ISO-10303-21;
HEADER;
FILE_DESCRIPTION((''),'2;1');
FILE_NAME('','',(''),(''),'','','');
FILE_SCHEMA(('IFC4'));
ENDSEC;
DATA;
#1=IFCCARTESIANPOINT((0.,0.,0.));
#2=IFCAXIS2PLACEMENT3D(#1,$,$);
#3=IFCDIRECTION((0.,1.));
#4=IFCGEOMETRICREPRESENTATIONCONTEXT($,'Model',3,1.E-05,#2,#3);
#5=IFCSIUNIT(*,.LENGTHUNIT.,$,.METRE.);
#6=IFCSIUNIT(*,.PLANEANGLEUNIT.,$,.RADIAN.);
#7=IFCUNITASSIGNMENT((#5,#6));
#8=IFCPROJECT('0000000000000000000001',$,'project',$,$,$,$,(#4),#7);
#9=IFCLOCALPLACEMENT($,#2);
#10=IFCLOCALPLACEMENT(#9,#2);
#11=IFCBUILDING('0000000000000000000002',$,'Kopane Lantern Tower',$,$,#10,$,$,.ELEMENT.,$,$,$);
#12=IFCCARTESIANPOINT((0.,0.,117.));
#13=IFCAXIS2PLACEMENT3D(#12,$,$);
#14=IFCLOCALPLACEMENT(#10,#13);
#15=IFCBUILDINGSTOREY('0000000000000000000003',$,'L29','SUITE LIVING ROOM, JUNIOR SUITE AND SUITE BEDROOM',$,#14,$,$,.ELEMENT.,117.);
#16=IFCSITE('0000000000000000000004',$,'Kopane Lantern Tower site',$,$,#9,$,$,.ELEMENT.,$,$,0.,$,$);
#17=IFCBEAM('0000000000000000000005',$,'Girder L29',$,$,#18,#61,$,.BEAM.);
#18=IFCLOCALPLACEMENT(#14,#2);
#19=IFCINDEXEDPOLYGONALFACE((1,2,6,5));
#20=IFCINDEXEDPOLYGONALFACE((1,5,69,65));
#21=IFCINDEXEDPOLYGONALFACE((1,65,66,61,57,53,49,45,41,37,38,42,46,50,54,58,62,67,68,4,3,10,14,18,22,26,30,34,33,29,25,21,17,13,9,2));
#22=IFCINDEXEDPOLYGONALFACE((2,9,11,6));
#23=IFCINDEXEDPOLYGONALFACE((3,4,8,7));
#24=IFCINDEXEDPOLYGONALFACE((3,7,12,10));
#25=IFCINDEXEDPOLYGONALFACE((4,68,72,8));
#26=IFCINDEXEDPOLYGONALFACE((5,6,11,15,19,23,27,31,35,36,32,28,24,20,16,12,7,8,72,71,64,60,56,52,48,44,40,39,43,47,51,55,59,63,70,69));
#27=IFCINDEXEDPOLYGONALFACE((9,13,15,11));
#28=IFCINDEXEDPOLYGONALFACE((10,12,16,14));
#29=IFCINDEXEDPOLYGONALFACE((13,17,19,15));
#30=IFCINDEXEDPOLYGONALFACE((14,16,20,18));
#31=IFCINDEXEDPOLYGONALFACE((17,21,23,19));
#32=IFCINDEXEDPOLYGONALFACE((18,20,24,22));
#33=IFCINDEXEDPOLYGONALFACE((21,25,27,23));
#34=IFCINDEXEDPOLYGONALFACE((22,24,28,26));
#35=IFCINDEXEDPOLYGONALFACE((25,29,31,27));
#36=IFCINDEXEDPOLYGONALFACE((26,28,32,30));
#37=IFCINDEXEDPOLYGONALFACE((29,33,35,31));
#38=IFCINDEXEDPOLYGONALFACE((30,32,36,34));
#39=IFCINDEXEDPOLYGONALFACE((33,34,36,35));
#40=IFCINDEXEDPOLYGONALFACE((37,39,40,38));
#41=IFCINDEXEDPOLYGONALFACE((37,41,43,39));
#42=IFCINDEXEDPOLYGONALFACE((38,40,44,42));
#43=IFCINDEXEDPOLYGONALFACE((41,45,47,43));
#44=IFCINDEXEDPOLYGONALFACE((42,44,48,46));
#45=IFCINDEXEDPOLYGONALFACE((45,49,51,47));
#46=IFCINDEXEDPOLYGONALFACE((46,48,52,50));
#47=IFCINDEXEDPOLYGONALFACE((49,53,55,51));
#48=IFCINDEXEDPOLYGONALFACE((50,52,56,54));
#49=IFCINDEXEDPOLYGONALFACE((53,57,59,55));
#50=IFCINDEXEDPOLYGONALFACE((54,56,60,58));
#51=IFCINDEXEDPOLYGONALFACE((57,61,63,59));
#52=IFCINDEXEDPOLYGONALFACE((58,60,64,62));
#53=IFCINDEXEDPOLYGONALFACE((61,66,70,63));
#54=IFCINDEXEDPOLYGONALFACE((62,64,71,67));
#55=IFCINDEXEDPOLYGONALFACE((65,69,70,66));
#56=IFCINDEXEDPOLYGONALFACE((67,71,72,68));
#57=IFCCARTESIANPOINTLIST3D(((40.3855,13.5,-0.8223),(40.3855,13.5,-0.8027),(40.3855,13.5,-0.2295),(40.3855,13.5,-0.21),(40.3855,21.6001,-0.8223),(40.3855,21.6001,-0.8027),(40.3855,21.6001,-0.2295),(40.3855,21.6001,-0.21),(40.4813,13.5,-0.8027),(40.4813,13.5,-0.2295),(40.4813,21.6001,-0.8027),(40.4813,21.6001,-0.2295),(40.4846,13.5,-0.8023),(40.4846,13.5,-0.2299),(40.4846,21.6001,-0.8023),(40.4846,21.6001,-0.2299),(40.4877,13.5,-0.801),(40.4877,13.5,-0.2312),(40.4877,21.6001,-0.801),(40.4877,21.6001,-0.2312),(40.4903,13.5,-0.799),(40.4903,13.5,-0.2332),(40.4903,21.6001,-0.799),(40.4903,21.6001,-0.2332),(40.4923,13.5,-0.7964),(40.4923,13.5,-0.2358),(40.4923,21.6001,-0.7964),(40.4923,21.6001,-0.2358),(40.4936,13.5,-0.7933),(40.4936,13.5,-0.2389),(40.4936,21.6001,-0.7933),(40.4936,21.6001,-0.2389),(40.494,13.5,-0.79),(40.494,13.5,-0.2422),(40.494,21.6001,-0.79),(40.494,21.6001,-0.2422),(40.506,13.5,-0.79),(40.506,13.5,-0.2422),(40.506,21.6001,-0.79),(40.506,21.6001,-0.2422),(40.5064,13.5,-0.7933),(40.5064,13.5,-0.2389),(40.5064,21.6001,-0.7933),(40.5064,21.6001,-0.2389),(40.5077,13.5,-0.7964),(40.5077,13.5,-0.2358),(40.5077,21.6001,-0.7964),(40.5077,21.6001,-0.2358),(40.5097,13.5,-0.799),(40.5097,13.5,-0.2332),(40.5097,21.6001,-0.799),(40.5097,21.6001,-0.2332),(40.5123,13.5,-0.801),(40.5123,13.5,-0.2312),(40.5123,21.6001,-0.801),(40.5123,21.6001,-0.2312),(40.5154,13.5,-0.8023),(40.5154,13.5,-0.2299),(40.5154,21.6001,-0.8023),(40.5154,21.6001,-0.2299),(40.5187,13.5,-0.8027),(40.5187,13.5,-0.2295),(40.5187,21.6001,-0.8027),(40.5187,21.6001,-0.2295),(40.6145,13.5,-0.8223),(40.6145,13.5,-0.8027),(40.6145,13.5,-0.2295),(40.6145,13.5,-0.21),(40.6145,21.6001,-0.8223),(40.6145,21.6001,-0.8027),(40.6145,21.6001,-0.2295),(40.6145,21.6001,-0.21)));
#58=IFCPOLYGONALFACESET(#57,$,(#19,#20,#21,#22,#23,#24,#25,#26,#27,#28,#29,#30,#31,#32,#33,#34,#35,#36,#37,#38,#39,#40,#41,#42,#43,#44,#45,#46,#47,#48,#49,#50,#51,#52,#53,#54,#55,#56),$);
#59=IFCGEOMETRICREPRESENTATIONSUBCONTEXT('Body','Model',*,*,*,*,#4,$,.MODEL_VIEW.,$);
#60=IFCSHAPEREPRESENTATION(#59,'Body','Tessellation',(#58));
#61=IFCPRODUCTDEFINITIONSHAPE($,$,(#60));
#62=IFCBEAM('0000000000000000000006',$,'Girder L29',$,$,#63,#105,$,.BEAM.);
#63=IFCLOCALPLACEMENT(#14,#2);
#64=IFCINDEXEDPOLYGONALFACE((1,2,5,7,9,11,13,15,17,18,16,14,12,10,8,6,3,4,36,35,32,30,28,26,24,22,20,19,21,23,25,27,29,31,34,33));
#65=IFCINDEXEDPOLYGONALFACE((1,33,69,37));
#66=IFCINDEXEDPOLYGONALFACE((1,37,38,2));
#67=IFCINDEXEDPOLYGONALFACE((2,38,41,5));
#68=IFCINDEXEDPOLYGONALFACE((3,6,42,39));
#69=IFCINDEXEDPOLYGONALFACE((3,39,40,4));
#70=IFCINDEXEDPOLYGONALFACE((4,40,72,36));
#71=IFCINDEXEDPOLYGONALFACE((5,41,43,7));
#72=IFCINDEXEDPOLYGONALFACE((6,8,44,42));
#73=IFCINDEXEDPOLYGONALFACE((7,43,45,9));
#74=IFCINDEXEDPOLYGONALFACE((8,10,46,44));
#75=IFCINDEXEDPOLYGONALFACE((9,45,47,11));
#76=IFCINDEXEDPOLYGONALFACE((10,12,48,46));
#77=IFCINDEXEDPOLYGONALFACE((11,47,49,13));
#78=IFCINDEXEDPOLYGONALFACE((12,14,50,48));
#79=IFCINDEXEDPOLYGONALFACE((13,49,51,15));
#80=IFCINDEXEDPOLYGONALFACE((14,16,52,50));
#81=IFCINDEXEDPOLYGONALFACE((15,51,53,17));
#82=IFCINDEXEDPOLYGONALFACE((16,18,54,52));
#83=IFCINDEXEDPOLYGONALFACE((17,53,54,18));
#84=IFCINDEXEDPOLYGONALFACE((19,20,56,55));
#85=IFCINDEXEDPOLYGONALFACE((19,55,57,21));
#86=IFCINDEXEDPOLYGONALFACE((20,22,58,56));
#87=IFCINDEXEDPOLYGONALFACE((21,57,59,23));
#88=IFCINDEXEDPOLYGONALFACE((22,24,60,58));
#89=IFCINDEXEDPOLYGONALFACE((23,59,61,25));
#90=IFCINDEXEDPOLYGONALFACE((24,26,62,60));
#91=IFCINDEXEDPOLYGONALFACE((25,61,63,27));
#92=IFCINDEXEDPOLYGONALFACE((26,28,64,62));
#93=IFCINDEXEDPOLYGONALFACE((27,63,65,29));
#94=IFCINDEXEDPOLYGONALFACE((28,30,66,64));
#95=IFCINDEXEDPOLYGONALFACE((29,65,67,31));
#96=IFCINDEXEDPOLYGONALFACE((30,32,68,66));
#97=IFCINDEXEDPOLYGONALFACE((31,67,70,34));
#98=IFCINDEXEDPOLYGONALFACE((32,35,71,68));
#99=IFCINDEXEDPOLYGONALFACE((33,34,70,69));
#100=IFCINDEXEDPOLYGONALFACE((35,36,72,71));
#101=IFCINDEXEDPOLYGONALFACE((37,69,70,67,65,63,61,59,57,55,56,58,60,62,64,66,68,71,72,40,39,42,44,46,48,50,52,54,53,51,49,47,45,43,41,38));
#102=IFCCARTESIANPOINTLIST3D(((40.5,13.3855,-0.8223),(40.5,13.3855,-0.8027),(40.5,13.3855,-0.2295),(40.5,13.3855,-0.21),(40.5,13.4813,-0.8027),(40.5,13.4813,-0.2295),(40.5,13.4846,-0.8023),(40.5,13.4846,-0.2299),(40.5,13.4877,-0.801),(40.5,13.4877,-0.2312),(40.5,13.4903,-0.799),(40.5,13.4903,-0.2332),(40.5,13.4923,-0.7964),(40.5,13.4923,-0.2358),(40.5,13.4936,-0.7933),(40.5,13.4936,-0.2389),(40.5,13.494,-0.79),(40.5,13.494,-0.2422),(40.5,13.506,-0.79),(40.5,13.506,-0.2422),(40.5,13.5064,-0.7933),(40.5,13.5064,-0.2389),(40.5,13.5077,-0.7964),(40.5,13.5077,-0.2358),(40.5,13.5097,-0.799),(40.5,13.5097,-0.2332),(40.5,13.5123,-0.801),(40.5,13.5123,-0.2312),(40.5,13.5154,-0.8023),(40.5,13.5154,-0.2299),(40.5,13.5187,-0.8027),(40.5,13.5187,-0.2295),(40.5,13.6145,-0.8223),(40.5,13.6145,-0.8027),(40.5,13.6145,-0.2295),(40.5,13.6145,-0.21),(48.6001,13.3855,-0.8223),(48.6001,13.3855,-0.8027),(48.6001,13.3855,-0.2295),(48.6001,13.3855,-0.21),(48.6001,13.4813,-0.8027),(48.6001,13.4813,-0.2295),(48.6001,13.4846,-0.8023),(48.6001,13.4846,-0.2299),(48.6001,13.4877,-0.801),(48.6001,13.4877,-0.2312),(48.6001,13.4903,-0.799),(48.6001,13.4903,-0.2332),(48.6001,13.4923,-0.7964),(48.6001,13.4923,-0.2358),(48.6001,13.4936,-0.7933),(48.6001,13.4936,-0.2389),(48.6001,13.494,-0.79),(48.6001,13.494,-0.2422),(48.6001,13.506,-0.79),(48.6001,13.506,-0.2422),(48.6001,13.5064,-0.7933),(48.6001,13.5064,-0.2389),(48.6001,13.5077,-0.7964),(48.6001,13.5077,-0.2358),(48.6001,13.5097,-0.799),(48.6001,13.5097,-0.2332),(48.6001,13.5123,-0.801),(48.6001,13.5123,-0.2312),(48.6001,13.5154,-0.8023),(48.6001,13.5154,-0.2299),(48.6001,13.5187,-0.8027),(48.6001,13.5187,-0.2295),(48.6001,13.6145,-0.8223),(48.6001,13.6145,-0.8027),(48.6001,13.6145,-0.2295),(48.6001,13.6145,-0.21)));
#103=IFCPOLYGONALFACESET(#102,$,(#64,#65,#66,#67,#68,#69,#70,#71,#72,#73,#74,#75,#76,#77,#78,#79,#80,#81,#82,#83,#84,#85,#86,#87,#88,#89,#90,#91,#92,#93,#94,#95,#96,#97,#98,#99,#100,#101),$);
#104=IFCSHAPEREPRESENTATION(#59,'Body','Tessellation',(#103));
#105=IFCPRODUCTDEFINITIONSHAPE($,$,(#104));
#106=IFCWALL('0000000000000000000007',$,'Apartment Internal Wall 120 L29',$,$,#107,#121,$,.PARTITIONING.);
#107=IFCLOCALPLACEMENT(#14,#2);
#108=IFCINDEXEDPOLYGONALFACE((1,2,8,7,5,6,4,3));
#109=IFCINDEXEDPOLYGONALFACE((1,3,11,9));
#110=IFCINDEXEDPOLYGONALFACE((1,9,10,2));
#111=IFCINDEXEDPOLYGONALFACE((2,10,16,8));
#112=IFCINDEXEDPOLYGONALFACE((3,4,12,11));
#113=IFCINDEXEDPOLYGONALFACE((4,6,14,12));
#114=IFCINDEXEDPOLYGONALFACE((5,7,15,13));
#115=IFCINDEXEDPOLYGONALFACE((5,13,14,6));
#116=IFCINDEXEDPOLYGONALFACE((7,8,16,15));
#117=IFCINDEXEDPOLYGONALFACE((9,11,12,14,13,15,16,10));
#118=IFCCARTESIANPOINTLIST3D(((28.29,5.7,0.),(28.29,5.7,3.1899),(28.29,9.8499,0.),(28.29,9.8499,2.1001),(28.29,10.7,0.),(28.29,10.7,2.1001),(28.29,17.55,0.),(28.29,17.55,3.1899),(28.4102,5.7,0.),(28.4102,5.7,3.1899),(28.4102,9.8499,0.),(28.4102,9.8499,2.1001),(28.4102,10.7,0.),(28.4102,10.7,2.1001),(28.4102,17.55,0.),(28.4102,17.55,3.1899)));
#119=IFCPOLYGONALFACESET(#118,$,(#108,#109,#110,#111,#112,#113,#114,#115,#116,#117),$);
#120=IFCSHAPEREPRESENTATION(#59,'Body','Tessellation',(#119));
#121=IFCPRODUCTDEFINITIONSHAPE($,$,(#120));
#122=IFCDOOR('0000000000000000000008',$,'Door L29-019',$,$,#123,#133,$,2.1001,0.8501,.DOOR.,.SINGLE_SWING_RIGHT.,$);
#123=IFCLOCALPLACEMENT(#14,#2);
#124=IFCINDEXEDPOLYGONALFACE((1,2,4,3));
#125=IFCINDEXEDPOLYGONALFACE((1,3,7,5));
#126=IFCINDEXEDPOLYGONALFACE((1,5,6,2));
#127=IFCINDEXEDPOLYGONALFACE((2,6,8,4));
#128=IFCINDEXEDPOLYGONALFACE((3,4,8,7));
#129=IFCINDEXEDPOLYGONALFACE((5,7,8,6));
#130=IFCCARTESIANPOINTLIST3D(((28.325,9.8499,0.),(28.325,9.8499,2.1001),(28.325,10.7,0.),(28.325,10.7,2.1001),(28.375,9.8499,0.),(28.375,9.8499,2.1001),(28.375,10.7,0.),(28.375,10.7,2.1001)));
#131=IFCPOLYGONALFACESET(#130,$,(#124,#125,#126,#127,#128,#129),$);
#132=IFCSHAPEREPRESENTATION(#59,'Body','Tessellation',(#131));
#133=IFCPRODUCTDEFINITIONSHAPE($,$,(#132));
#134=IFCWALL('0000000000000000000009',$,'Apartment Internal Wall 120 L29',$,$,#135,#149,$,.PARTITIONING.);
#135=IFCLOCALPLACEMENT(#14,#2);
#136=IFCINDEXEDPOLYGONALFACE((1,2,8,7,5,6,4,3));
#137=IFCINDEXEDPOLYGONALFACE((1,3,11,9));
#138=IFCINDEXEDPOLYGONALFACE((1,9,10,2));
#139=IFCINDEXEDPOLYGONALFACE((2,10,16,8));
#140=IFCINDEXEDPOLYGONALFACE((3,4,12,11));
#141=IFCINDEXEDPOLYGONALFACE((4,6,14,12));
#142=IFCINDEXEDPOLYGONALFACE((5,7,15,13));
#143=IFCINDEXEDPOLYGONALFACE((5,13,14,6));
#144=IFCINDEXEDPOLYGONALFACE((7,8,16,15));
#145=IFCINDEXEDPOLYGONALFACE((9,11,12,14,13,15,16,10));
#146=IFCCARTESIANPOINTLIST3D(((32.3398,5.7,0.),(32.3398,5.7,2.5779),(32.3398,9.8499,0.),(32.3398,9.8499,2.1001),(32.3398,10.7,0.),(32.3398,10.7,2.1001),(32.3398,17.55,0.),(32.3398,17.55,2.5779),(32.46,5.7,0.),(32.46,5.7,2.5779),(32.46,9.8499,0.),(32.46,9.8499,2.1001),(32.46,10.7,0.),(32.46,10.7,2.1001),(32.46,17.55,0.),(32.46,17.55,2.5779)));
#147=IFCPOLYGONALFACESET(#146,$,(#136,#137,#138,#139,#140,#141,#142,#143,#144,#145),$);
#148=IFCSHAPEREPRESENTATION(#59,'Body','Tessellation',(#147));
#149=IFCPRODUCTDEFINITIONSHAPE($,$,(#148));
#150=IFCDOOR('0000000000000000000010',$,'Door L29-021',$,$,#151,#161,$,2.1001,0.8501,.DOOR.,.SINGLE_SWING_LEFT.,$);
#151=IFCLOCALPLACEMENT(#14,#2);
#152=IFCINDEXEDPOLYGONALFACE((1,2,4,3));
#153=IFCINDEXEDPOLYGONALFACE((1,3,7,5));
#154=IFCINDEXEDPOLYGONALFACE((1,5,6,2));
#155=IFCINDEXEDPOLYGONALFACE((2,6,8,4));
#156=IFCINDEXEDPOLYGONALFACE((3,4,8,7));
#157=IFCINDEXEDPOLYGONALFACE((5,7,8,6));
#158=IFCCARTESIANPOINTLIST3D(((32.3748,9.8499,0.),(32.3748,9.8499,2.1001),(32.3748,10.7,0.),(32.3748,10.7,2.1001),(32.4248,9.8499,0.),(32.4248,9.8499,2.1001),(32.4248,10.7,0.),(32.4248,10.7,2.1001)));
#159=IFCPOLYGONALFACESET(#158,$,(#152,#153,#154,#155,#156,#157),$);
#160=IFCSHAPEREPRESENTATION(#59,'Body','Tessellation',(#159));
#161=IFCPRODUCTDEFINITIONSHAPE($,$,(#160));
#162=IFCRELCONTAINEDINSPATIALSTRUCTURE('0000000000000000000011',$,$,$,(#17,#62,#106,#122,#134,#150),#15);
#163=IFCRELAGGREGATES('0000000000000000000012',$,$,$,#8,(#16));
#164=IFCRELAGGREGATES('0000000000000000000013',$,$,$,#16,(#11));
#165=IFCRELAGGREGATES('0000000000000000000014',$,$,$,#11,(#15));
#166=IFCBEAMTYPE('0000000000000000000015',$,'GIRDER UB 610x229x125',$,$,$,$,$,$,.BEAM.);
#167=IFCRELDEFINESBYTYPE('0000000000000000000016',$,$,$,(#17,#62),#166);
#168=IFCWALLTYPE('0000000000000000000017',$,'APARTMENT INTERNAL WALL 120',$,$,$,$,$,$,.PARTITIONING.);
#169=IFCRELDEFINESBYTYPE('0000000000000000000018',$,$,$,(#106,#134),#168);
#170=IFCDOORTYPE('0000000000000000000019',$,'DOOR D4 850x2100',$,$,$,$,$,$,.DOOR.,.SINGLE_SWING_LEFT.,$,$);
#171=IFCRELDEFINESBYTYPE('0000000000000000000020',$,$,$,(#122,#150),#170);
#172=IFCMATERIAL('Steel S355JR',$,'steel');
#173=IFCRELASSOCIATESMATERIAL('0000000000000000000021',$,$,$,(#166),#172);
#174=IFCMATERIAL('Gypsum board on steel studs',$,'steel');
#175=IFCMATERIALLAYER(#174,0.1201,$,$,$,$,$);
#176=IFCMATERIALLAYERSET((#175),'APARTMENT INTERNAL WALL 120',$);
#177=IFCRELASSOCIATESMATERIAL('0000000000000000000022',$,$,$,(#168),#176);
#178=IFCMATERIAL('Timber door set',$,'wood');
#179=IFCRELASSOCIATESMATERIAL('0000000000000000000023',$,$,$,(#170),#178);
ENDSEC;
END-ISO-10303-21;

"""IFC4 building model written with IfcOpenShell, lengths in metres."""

from ifc_helpers import new_model, si_unit, direction, frame, frame_2d, origin, origin_2d, place, context, subcontext, project, spatial, rectangle, i_section, extrude, material, layer, layer_set, material_profile, profile_set, type_object, element, fill, save


model = new_model("IFC4")

# Units and contexts
model_context = context("Model", 3, precision=1e-05, world=origin(), true_north=direction((0.0, 1.0)))
body_context = subcontext(model_context, "Body", "Model", "MODEL_VIEW")
ifc_project = project(units=[si_unit("LENGTHUNIT", "METRE"), si_unit("PLANEANGLEUNIT", "RADIAN")], contexts=[model_context])

# Site, building, storey
site_placement = place(None, origin())
site = spatial("IfcSite", under=ifc_project, at=site_placement, Name="Kopane Lantern Tower site", CompositionType="ELEMENT", RefElevation=0.0)
building_placement = place(site_placement, origin())
building = spatial("IfcBuilding", under=site, at=building_placement, Name="Kopane Lantern Tower", CompositionType="ELEMENT")
storey_placement = place(building_placement, frame((0.0, 0.0, 117.0)))
storey = spatial("IfcBuildingStorey", under=building, at=storey_placement, Name="L29", Description="SUITE LIVING ROOM, JUNIOR SUITE AND SUITE BEDROOM", CompositionType="ELEMENT", Elevation=117.0)

# Beams
ifc_material_1 = material(Name="Steel S355JR", Category="steel")
ifc_material_profile_1 = material_profile(ifc_material_1, i_section(OverallWidth=0.229, OverallDepth=0.6123, WebThickness=0.012, FlangeThickness=0.0195, FilletRadius=0.0127, at=origin_2d()), Name="UB 610x229x125")
ifc_profile_set_1 = profile_set([ifc_material_profile_1], Name="Steel S355JR")
beam_type = type_object("IfcBeamType", Name="GIRDER UB 610x229x125", PredefinedType="BEAM", material=ifc_profile_set_1)
for number, where, z_axis, x_axis, name in (
    (1, (40.5, 13.5, -0.5161), (0.0, 1.0, 0.0), (-1.0, 0.0, 0.0), "Girder L29"),
    (2, (40.5, 13.5, -0.5161), (1.0, 0.0, 0.0), (0.0, 1.0, 0.0), "Girder L29"),
):
    element("IfcBeam", number, at=place(storey_placement, frame(where, z_axis=z_axis, x_axis=x_axis)), inside=storey, type_object=beam_type, Name=name, PredefinedType="BEAM", context=body_context, shape_type="SweptSolid", body=[
        extrude(i_section(OverallWidth=0.229, OverallDepth=0.6123, WebThickness=0.012, FlangeThickness=0.0195, FilletRadius=0.0127, at=origin_2d()), origin(), (0.0, 0.0, 1.0), 8.1001),
    ])

# Walls, openings, doors
ifc_material_2 = material(Name="Gypsum board on steel studs", Category="steel")
ifc_layer_1 = layer(ifc_material_2, 0.1201)
ifc_layer_set_1 = layer_set([ifc_layer_1], Name="APARTMENT INTERNAL WALL 120")
wall_type_1 = type_object("IfcWallType", Name="APARTMENT INTERNAL WALL 120", PredefinedType="PARTITIONING", material=ifc_layer_set_1)
wall_1_placement = place(storey_placement, frame((28.3501, 17.55, 0.0), z_axis=(0.0, 0.0, 1.0), x_axis=(0.0, -1.0, 0.0)))
wall_1 = element("IfcWall", 3, at=wall_1_placement, inside=storey, type_object=wall_type_1, Name="Apartment Internal Wall 120 L29", PredefinedType="PARTITIONING", context=body_context, shape_type="SweptSolid", body=[
    extrude(rectangle(XDim=11.8501, YDim=0.1201, at=frame_2d((5.925, 0.0))), origin(), (0.0, 0.0, 1.0), 3.1899),
])
opening_1_placement = place(wall_1_placement, frame((6.8501, 0.0, 0.0)))
opening_1 = element("IfcOpeningElement", 4, at=opening_1_placement, cuts=wall_1, PredefinedType="OPENING", context=body_context, shape_type="SweptSolid", body=[
    extrude(rectangle(XDim=0.8501, YDim=2.1001, at=frame_2d((0.425, 1.05))), frame((0.0, 0.0701, 0.0), z_axis=(0.0, -1.0, 0.0), x_axis=(1.0, 0.0, 0.0)), (0.0, 0.0, 1.0), 0.1401),
])
ifc_material_3 = material(Name="Timber door set", Category="wood")
door_type_1 = type_object("IfcDoorType", Name="DOOR D4 850x2100", OperationType="SINGLE_SWING_LEFT", PredefinedType="DOOR", material=ifc_material_3)
door_1_placement = place(opening_1_placement, origin())
door_1 = element("IfcDoor", 5, at=door_1_placement, inside=storey, type_object=door_type_1, Name="Door L29-019", OperationType="SINGLE_SWING_RIGHT", OverallHeight=2.1001, OverallWidth=0.8501, PredefinedType="DOOR", context=body_context, shape_type="SweptSolid", body=[
    extrude(rectangle(XDim=0.8501, YDim=2.1001, at=frame_2d((0.425, 1.05))), frame((0.0, 0.0249, 0.0), z_axis=(0.0, -1.0, 0.0), x_axis=(1.0, 0.0, 0.0)), (0.0, 0.0, 1.0), 0.05),
])
fill(opening_1, door_1)
wall_2_placement = place(storey_placement, frame((32.3999, 17.55, 0.0), z_axis=(0.0, 0.0, 1.0), x_axis=(0.0, -1.0, 0.0)))
wall_2 = element("IfcWall", 6, at=wall_2_placement, inside=storey, type_object=wall_type_1, Name="Apartment Internal Wall 120 L29", PredefinedType="PARTITIONING", context=body_context, shape_type="SweptSolid", body=[
    extrude(rectangle(XDim=11.8501, YDim=0.1201, at=frame_2d((5.925, 0.0))), origin(), (0.0, 0.0, 1.0), 2.5779),
])
opening_2_placement = place(wall_2_placement, frame((6.8501, 0.0, 0.0)))
opening_2 = element("IfcOpeningElement", 7, at=opening_2_placement, cuts=wall_2, PredefinedType="OPENING", context=body_context, shape_type="SweptSolid", body=[
    extrude(rectangle(XDim=0.8501, YDim=2.1001, at=frame_2d((0.425, 1.05))), frame((0.0, 0.0701, 0.0), z_axis=(0.0, -1.0, 0.0), x_axis=(1.0, 0.0, 0.0)), (0.0, 0.0, 1.0), 0.1401),
])
door_2_placement = place(opening_2_placement, origin())
door_2 = element("IfcDoor", 8, at=door_2_placement, inside=storey, type_object=door_type_1, Name="Door L29-021", OperationType="SINGLE_SWING_LEFT", OverallHeight=2.1001, OverallWidth=0.8501, PredefinedType="DOOR", context=body_context, shape_type="SweptSolid", body=[
    extrude(rectangle(XDim=0.8501, YDim=2.1001, at=frame_2d((0.425, 1.05))), frame((0.0, 0.0249, 0.0), z_axis=(0.0, -1.0, 0.0), x_axis=(1.0, 0.0, 0.0)), (0.0, 0.0, 1.0), 0.05),
])
fill(opening_2, door_2)

save(model, "model.ifc")
